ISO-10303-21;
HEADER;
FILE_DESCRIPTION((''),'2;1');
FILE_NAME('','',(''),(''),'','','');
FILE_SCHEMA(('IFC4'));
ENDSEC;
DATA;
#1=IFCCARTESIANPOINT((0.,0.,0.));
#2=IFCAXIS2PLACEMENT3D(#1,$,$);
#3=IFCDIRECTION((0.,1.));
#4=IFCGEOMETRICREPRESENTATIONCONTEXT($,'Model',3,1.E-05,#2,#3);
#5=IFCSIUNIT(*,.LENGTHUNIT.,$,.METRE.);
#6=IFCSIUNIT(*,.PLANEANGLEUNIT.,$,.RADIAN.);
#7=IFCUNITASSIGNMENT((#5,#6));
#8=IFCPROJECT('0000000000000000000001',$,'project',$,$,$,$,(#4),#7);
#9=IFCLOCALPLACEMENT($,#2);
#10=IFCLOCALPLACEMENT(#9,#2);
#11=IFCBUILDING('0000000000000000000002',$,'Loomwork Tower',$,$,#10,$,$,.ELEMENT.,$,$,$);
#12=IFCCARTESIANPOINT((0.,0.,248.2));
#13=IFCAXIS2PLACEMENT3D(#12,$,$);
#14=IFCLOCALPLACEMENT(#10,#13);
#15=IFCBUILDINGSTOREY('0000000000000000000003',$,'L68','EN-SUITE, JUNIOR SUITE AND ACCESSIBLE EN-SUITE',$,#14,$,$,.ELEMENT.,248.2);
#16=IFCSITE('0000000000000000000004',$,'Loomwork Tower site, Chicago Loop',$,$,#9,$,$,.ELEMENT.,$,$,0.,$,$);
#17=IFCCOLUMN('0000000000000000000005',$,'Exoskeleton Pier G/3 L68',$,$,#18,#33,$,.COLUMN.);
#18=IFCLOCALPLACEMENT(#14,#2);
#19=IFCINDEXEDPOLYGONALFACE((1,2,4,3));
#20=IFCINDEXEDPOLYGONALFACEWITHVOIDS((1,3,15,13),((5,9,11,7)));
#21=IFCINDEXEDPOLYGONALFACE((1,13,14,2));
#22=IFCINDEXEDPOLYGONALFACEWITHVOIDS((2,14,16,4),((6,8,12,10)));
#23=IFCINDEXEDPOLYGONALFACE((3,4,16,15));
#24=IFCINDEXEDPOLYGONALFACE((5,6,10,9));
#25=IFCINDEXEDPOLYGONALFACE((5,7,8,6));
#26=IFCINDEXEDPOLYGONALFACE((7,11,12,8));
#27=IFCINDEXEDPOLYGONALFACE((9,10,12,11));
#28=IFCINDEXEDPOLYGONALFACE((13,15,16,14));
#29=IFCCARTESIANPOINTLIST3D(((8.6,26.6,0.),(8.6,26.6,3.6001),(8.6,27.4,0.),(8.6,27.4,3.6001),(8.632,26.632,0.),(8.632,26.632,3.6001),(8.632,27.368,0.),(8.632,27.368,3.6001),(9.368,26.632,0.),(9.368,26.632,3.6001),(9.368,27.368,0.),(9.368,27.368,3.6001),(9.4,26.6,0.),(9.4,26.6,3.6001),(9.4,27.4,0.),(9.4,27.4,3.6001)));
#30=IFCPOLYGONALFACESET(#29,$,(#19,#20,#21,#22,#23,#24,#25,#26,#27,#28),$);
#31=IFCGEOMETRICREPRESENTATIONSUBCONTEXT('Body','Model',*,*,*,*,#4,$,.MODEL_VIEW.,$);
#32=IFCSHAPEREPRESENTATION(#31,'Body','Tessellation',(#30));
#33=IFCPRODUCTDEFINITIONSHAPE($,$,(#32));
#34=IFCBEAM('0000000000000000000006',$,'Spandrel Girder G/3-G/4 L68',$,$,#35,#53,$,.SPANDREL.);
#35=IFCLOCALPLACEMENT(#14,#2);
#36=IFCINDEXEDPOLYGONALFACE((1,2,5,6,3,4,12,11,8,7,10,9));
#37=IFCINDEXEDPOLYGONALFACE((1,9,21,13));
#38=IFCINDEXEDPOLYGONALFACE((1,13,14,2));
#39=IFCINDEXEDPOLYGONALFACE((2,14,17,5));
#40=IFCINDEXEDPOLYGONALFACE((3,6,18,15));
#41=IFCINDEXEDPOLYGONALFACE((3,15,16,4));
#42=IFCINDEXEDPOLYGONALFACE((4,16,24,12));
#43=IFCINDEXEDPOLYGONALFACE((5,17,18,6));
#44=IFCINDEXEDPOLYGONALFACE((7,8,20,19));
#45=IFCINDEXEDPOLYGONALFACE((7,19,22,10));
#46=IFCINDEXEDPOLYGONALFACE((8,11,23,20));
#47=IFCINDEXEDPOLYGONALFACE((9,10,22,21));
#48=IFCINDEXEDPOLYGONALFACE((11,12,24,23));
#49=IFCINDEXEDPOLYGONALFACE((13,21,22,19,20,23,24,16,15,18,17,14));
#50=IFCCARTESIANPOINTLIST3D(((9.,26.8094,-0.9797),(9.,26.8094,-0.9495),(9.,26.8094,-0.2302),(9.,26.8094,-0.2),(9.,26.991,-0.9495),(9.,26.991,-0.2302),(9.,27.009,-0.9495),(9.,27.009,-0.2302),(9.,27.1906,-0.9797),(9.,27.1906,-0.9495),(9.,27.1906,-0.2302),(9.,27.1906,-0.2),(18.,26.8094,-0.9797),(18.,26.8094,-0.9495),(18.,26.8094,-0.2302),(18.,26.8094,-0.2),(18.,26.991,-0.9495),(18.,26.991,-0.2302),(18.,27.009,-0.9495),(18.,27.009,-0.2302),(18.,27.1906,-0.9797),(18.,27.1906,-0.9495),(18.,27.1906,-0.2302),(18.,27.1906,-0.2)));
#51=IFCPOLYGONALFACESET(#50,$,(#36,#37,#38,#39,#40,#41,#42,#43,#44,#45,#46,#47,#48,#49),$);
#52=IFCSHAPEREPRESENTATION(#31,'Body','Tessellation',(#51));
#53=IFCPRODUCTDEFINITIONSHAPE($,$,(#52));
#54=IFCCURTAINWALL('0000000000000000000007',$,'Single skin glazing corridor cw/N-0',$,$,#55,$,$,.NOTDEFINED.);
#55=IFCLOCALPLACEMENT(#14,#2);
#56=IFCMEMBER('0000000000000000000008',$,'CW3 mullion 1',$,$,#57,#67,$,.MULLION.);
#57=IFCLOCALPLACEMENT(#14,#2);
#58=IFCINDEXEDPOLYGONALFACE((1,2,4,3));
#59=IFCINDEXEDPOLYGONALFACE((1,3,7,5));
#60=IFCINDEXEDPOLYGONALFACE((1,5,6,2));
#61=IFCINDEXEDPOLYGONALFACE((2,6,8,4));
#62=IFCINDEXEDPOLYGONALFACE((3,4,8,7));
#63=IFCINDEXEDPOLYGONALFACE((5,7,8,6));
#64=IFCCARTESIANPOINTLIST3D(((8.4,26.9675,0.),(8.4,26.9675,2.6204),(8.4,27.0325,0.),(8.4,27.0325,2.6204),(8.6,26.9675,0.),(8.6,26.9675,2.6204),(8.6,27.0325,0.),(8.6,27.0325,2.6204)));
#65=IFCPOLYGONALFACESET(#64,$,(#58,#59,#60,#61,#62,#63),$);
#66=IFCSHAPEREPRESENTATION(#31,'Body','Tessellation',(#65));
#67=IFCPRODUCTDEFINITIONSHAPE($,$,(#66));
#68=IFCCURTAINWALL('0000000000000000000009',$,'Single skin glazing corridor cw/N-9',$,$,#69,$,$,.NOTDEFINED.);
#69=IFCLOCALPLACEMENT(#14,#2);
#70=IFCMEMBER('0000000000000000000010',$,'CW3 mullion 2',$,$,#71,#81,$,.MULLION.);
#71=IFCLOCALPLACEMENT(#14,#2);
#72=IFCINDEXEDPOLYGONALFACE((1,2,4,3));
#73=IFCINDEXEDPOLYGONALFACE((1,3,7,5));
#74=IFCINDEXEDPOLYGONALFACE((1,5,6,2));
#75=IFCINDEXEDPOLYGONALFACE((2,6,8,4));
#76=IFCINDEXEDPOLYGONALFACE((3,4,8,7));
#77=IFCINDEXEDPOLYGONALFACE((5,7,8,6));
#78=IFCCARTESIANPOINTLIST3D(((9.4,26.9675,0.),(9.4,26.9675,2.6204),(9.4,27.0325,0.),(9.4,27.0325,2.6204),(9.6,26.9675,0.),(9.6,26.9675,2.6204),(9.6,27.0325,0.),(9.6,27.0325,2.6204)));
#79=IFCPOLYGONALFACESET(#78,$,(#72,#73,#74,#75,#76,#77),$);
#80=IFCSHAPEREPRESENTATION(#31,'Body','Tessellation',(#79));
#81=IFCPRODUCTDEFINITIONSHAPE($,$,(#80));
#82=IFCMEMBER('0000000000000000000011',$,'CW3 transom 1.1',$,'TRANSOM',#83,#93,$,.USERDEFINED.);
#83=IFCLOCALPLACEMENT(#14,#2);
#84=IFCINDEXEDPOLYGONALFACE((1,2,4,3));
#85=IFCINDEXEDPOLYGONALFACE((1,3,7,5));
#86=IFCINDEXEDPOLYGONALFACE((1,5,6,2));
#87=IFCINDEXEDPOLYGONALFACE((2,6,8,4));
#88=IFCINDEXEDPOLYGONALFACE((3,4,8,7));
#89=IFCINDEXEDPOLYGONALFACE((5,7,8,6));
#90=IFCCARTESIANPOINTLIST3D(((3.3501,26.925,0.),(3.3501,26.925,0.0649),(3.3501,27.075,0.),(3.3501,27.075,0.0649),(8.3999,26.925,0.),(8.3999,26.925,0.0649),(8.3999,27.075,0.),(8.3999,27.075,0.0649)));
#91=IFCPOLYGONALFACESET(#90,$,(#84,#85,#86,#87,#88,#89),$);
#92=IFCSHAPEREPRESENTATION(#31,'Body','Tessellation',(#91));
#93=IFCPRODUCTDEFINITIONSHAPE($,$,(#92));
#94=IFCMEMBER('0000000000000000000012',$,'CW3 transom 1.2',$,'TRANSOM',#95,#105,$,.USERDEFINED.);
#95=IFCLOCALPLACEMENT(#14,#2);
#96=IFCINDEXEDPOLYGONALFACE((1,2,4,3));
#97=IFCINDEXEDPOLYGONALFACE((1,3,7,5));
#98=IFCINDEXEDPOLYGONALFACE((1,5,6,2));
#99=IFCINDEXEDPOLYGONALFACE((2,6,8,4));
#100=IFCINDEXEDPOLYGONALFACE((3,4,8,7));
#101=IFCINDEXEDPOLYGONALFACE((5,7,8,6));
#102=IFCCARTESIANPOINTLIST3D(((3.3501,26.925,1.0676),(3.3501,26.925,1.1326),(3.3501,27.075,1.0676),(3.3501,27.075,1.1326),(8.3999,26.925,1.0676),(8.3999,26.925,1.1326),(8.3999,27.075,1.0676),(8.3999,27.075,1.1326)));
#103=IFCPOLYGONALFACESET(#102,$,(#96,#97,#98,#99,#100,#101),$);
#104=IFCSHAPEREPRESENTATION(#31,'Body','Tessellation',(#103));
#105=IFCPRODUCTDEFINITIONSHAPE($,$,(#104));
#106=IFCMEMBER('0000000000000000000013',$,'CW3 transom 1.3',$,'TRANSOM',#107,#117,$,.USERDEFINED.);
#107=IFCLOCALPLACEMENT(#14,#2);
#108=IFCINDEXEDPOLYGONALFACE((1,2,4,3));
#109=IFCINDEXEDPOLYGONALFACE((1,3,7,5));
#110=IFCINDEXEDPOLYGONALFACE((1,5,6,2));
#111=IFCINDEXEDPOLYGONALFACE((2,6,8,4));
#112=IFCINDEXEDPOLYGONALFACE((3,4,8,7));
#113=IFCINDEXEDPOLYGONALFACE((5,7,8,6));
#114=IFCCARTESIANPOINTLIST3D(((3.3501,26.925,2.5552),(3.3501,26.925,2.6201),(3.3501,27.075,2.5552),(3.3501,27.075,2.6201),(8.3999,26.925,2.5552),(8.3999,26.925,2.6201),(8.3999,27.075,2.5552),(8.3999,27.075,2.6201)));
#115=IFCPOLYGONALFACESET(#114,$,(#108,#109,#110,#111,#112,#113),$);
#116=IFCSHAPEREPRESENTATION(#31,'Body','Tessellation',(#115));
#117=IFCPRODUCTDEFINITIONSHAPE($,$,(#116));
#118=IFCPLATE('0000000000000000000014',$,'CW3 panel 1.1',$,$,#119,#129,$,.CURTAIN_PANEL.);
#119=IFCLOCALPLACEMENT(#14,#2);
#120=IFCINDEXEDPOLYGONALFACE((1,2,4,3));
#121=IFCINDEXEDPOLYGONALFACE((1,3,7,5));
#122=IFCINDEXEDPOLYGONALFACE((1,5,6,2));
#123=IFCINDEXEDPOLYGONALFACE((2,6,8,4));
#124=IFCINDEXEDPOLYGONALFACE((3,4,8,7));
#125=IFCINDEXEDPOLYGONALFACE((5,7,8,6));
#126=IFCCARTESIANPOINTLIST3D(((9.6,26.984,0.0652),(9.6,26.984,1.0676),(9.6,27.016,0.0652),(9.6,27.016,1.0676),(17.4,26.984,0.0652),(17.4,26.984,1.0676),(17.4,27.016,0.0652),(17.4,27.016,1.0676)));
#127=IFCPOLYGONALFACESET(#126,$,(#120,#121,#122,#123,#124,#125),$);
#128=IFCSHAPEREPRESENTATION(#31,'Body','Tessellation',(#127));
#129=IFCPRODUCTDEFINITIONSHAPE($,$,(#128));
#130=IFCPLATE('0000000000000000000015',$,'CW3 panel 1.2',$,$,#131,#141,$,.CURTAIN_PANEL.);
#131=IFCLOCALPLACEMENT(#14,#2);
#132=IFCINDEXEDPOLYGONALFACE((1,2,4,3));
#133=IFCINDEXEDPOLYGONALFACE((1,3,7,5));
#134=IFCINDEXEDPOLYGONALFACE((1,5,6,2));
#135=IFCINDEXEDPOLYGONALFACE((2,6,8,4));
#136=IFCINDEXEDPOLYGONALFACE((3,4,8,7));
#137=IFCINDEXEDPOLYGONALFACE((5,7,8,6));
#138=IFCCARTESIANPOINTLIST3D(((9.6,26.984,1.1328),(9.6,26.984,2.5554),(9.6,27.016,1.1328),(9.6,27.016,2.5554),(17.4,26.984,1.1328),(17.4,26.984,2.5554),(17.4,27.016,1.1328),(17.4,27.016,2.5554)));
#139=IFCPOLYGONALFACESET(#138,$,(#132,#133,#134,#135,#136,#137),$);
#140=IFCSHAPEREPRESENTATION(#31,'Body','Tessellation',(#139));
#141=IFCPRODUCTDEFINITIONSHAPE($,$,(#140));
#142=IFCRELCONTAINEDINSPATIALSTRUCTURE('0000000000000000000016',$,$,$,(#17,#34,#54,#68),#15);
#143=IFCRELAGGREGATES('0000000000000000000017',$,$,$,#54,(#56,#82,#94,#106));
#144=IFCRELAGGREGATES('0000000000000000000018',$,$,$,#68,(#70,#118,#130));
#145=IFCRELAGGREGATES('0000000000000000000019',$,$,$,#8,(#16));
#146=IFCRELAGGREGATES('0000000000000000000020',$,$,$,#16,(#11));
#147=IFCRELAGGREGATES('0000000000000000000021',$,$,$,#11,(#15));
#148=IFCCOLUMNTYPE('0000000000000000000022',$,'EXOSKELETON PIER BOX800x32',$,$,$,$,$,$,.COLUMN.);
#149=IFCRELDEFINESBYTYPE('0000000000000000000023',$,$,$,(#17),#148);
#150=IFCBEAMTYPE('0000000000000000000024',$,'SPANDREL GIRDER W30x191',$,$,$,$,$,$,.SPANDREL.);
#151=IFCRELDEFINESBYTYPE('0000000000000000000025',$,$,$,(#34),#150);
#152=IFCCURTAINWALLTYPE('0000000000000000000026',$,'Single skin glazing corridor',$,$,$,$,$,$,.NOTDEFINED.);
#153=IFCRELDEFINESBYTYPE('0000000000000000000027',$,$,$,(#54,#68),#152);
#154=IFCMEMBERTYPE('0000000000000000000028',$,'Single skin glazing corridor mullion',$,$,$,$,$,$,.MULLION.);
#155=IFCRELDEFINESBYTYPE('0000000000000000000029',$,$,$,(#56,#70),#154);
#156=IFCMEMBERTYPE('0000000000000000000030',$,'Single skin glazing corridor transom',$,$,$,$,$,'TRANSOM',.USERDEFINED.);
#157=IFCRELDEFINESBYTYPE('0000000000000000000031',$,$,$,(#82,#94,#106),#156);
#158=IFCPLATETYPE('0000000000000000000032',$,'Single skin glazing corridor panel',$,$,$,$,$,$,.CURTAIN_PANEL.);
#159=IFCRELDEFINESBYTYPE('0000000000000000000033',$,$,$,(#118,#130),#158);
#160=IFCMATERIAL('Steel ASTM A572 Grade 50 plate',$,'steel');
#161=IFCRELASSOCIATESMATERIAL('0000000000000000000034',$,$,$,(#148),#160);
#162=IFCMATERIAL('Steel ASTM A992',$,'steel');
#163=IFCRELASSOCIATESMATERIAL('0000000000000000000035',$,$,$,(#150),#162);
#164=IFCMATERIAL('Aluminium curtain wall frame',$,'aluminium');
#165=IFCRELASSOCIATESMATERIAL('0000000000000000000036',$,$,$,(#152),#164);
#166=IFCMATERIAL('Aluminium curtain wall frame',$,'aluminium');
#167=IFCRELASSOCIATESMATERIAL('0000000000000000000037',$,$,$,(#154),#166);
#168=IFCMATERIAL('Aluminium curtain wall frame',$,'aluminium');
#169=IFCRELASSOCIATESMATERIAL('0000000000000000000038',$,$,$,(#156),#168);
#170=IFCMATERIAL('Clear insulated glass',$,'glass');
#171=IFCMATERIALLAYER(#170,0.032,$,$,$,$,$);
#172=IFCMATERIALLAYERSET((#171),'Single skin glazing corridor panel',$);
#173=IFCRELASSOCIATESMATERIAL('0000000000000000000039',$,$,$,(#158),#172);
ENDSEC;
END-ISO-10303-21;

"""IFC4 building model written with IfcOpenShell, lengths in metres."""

from ifc_helpers import new_model, si_unit, direction, frame, origin, origin_2d, place, context, subcontext, project, spatial, rectangle, hollow_rectangle, i_section, extrude, material, layer, layer_set, material_profile, profile_set, type_object, element, aggregate, save


model = new_model("IFC4")

# Units and contexts
model_context = context("Model", 3, precision=1e-05, world=origin(), true_north=direction((0.0, 1.0)))
body_context = subcontext(model_context, "Body", "Model", "MODEL_VIEW")
ifc_project = project(units=[si_unit("LENGTHUNIT", "METRE"), si_unit("PLANEANGLEUNIT", "RADIAN")], contexts=[model_context])

# Site, building, storey
site_placement = place(None, origin())
site = spatial("IfcSite", under=ifc_project, at=site_placement, Name="Loomwork Tower site, Chicago Loop", CompositionType="ELEMENT", RefElevation=0.0)
building_placement = place(site_placement, origin())
building = spatial("IfcBuilding", under=site, at=building_placement, Name="Loomwork Tower", CompositionType="ELEMENT")
storey_placement = place(building_placement, frame((0.0, 0.0, 248.2)))
storey = spatial("IfcBuildingStorey", under=building, at=storey_placement, Name="L68", Description="EN-SUITE, JUNIOR SUITE AND ACCESSIBLE EN-SUITE", CompositionType="ELEMENT", Elevation=248.2)

# Column
ifc_material_1 = material(Name="Steel ASTM A572 Grade 50 plate", Category="steel")
ifc_material_profile_1 = material_profile(ifc_material_1, hollow_rectangle(XDim=0.8, YDim=0.8, WallThickness=0.032, at=origin_2d()), Name="BOX800x32")
ifc_profile_set_1 = profile_set([ifc_material_profile_1], Name="Steel ASTM A572 Grade 50 plate")
column_type = type_object("IfcColumnType", Name="EXOSKELETON PIER BOX800x32", PredefinedType="COLUMN", material=ifc_profile_set_1)
column_placement = place(storey_placement, frame((9.0, 27.0, 0.0), z_axis=(0.0, 0.0, 1.0), x_axis=(1.0, 0.0, 0.0)))
element("IfcColumn", 1, at=column_placement, inside=storey, type_object=column_type, Name="Exoskeleton Pier G/3 L68", PredefinedType="COLUMN", context=body_context, shape_type="SweptSolid", body=[
    extrude(hollow_rectangle(XDim=0.8, YDim=0.8, WallThickness=0.032, at=origin_2d()), origin(), (0.0, 0.0, 1.0), 3.6001),
])

# Beam
ifc_material_2 = material(Name="Steel ASTM A992", Category="steel")
ifc_material_profile_2 = material_profile(ifc_material_2, i_section(OverallWidth=0.3811, OverallDepth=0.7798, WebThickness=0.0181, FlangeThickness=0.0303, at=origin_2d()), Name="W30x191")
ifc_profile_set_2 = profile_set([ifc_material_profile_2], Name="Steel ASTM A992")
beam_type = type_object("IfcBeamType", Name="SPANDREL GIRDER W30x191", PredefinedType="SPANDREL", material=ifc_profile_set_2)
beam_placement = place(storey_placement, frame((9.0, 27.0, -0.5898), z_axis=(1.0, 0.0, 0.0), x_axis=(0.0, 1.0, 0.0)))
element("IfcBeam", 2, at=beam_placement, inside=storey, type_object=beam_type, Name="Spandrel Girder G/3-G/4 L68", PredefinedType="SPANDREL", context=body_context, shape_type="SweptSolid", body=[
    extrude(i_section(OverallWidth=0.3811, OverallDepth=0.7798, WebThickness=0.0181, FlangeThickness=0.0303, at=origin_2d()), origin(), (0.0, 0.0, 1.0), 9.0),
])

# Curtain walls, members
ifc_material_3 = material(Name="Aluminium curtain wall frame", Category="aluminium")
curtain_wall_type = type_object("IfcCurtainWallType", Name="Single skin glazing corridor", PredefinedType="NOTDEFINED", material=ifc_material_3)
curtain_wall_1_placement = place(storey_placement, origin())
curtain_wall_1 = element("IfcCurtainWall", 3, at=curtain_wall_1_placement, inside=storey, type_object=curtain_wall_type, Name="Single skin glazing corridor cw/N-0", PredefinedType="NOTDEFINED")
ifc_material_4 = material(Name="Aluminium curtain wall frame", Category="aluminium")
ifc_material_profile_3 = material_profile(ifc_material_4, rectangle(XDim=0.0649, YDim=0.2, at=origin_2d()), Name="AL 65x200")
ifc_profile_set_3 = profile_set([ifc_material_profile_3], Name="Aluminium curtain wall frame")
member_type_1 = type_object("IfcMemberType", Name="Single skin glazing corridor mullion", PredefinedType="MULLION", material=ifc_profile_set_3)
member_1_placement = place(storey_placement, frame((8.5, 27.0, 0.0), z_axis=(0.0, 0.0, 1.0), x_axis=(0.0, -1.0, 0.0)))
member_1 = element("IfcMember", 4, at=member_1_placement, type_object=member_type_1, Name="CW3 mullion 1", PredefinedType="MULLION", context=body_context, shape_type="SweptSolid", body=[
    extrude(rectangle(XDim=0.0649, YDim=0.2, at=origin_2d()), origin(), (0.0, 0.0, 1.0), 2.6204),
])
curtain_wall_2_placement = place(storey_placement, origin())
curtain_wall_2 = element("IfcCurtainWall", 5, at=curtain_wall_2_placement, inside=storey, type_object=curtain_wall_type, Name="Single skin glazing corridor cw/N-9", PredefinedType="NOTDEFINED")
member_2_placement = place(storey_placement, frame((9.5, 27.0, 0.0), z_axis=(0.0, 0.0, 1.0), x_axis=(0.0, -1.0, 0.0)))
member_2 = element("IfcMember", 6, at=member_2_placement, type_object=member_type_1, Name="CW3 mullion 2", PredefinedType="MULLION", context=body_context, shape_type="SweptSolid", body=[
    extrude(rectangle(XDim=0.0649, YDim=0.2, at=origin_2d()), origin(), (0.0, 0.0, 1.0), 2.6204),
])

# Members
ifc_material_5 = material(Name="Aluminium curtain wall frame", Category="aluminium")
ifc_material_profile_4 = material_profile(ifc_material_5, rectangle(XDim=0.1499, YDim=0.0649, at=origin_2d()), Name="AL 65x150")
ifc_profile_set_4 = profile_set([ifc_material_profile_4], Name="Aluminium curtain wall frame")
member_type_2 = type_object("IfcMemberType", Name="Single skin glazing corridor transom", ElementType="TRANSOM", PredefinedType="USERDEFINED", material=ifc_profile_set_4)
member_3_placement = place(storey_placement, frame((8.3999, 27.0, 0.0325), z_axis=(-1.0, 0.0, 0.0), x_axis=(0.0, -1.0, 0.0)))
member_3 = element("IfcMember", 7, at=member_3_placement, type_object=member_type_2, Name="CW3 transom 1.1", ObjectType="TRANSOM", PredefinedType="USERDEFINED", context=body_context, shape_type="SweptSolid", body=[
    extrude(rectangle(XDim=0.1499, YDim=0.0649, at=origin_2d()), origin(), (0.0, 0.0, 1.0), 5.0498),
])
member_4_placement = place(storey_placement, frame((8.3999, 27.0, 1.1001), z_axis=(-1.0, 0.0, 0.0), x_axis=(0.0, -1.0, 0.0)))
member_4 = element("IfcMember", 8, at=member_4_placement, type_object=member_type_2, Name="CW3 transom 1.2", ObjectType="TRANSOM", PredefinedType="USERDEFINED", context=body_context, shape_type="SweptSolid", body=[
    extrude(rectangle(XDim=0.1499, YDim=0.0649, at=origin_2d()), origin(), (0.0, 0.0, 1.0), 5.0498),
])
member_5_placement = place(storey_placement, frame((8.3999, 27.0, 2.5876), z_axis=(-1.0, 0.0, 0.0), x_axis=(0.0, -1.0, 0.0)))
member_5 = element("IfcMember", 9, at=member_5_placement, type_object=member_type_2, Name="CW3 transom 1.3", ObjectType="TRANSOM", PredefinedType="USERDEFINED", context=body_context, shape_type="SweptSolid", body=[
    extrude(rectangle(XDim=0.1499, YDim=0.0649, at=origin_2d()), origin(), (0.0, 0.0, 1.0), 5.0498),
])
aggregate(curtain_wall_1, [member_1, member_3, member_4, member_5])

# Plates
ifc_material_6 = material(Name="Clear insulated glass", Category="glass")
ifc_layer_1 = layer(ifc_material_6, 0.032)
ifc_layer_set_1 = layer_set([ifc_layer_1], Name="Single skin glazing corridor panel")
plate_type = type_object("IfcPlateType", Name="Single skin glazing corridor panel", PredefinedType="CURTAIN_PANEL", material=ifc_layer_set_1)
plate_1_placement = place(storey_placement, frame((13.5, 27.0, 0.0652), z_axis=(0.0, 0.0, 1.0), x_axis=(-1.0, 0.0, 0.0)))
plate_1 = element("IfcPlate", 10, at=plate_1_placement, type_object=plate_type, Name="CW3 panel 1.1", PredefinedType="CURTAIN_PANEL", context=body_context, shape_type="SweptSolid", body=[
    extrude(rectangle(XDim=7.8, YDim=0.032, at=origin_2d()), origin(), (0.0, 0.0, 1.0), 1.0024),
])
plate_2_placement = place(storey_placement, frame((13.5, 27.0, 1.1328), z_axis=(0.0, 0.0, 1.0), x_axis=(-1.0, 0.0, 0.0)))
plate_2 = element("IfcPlate", 11, at=plate_2_placement, type_object=plate_type, Name="CW3 panel 1.2", PredefinedType="CURTAIN_PANEL", context=body_context, shape_type="SweptSolid", body=[
    extrude(rectangle(XDim=7.8, YDim=0.032, at=origin_2d()), origin(), (0.0, 0.0, 1.0), 1.4226),
])
aggregate(curtain_wall_2, [member_2, plate_1, plate_2])

save(model, "model.ifc")
